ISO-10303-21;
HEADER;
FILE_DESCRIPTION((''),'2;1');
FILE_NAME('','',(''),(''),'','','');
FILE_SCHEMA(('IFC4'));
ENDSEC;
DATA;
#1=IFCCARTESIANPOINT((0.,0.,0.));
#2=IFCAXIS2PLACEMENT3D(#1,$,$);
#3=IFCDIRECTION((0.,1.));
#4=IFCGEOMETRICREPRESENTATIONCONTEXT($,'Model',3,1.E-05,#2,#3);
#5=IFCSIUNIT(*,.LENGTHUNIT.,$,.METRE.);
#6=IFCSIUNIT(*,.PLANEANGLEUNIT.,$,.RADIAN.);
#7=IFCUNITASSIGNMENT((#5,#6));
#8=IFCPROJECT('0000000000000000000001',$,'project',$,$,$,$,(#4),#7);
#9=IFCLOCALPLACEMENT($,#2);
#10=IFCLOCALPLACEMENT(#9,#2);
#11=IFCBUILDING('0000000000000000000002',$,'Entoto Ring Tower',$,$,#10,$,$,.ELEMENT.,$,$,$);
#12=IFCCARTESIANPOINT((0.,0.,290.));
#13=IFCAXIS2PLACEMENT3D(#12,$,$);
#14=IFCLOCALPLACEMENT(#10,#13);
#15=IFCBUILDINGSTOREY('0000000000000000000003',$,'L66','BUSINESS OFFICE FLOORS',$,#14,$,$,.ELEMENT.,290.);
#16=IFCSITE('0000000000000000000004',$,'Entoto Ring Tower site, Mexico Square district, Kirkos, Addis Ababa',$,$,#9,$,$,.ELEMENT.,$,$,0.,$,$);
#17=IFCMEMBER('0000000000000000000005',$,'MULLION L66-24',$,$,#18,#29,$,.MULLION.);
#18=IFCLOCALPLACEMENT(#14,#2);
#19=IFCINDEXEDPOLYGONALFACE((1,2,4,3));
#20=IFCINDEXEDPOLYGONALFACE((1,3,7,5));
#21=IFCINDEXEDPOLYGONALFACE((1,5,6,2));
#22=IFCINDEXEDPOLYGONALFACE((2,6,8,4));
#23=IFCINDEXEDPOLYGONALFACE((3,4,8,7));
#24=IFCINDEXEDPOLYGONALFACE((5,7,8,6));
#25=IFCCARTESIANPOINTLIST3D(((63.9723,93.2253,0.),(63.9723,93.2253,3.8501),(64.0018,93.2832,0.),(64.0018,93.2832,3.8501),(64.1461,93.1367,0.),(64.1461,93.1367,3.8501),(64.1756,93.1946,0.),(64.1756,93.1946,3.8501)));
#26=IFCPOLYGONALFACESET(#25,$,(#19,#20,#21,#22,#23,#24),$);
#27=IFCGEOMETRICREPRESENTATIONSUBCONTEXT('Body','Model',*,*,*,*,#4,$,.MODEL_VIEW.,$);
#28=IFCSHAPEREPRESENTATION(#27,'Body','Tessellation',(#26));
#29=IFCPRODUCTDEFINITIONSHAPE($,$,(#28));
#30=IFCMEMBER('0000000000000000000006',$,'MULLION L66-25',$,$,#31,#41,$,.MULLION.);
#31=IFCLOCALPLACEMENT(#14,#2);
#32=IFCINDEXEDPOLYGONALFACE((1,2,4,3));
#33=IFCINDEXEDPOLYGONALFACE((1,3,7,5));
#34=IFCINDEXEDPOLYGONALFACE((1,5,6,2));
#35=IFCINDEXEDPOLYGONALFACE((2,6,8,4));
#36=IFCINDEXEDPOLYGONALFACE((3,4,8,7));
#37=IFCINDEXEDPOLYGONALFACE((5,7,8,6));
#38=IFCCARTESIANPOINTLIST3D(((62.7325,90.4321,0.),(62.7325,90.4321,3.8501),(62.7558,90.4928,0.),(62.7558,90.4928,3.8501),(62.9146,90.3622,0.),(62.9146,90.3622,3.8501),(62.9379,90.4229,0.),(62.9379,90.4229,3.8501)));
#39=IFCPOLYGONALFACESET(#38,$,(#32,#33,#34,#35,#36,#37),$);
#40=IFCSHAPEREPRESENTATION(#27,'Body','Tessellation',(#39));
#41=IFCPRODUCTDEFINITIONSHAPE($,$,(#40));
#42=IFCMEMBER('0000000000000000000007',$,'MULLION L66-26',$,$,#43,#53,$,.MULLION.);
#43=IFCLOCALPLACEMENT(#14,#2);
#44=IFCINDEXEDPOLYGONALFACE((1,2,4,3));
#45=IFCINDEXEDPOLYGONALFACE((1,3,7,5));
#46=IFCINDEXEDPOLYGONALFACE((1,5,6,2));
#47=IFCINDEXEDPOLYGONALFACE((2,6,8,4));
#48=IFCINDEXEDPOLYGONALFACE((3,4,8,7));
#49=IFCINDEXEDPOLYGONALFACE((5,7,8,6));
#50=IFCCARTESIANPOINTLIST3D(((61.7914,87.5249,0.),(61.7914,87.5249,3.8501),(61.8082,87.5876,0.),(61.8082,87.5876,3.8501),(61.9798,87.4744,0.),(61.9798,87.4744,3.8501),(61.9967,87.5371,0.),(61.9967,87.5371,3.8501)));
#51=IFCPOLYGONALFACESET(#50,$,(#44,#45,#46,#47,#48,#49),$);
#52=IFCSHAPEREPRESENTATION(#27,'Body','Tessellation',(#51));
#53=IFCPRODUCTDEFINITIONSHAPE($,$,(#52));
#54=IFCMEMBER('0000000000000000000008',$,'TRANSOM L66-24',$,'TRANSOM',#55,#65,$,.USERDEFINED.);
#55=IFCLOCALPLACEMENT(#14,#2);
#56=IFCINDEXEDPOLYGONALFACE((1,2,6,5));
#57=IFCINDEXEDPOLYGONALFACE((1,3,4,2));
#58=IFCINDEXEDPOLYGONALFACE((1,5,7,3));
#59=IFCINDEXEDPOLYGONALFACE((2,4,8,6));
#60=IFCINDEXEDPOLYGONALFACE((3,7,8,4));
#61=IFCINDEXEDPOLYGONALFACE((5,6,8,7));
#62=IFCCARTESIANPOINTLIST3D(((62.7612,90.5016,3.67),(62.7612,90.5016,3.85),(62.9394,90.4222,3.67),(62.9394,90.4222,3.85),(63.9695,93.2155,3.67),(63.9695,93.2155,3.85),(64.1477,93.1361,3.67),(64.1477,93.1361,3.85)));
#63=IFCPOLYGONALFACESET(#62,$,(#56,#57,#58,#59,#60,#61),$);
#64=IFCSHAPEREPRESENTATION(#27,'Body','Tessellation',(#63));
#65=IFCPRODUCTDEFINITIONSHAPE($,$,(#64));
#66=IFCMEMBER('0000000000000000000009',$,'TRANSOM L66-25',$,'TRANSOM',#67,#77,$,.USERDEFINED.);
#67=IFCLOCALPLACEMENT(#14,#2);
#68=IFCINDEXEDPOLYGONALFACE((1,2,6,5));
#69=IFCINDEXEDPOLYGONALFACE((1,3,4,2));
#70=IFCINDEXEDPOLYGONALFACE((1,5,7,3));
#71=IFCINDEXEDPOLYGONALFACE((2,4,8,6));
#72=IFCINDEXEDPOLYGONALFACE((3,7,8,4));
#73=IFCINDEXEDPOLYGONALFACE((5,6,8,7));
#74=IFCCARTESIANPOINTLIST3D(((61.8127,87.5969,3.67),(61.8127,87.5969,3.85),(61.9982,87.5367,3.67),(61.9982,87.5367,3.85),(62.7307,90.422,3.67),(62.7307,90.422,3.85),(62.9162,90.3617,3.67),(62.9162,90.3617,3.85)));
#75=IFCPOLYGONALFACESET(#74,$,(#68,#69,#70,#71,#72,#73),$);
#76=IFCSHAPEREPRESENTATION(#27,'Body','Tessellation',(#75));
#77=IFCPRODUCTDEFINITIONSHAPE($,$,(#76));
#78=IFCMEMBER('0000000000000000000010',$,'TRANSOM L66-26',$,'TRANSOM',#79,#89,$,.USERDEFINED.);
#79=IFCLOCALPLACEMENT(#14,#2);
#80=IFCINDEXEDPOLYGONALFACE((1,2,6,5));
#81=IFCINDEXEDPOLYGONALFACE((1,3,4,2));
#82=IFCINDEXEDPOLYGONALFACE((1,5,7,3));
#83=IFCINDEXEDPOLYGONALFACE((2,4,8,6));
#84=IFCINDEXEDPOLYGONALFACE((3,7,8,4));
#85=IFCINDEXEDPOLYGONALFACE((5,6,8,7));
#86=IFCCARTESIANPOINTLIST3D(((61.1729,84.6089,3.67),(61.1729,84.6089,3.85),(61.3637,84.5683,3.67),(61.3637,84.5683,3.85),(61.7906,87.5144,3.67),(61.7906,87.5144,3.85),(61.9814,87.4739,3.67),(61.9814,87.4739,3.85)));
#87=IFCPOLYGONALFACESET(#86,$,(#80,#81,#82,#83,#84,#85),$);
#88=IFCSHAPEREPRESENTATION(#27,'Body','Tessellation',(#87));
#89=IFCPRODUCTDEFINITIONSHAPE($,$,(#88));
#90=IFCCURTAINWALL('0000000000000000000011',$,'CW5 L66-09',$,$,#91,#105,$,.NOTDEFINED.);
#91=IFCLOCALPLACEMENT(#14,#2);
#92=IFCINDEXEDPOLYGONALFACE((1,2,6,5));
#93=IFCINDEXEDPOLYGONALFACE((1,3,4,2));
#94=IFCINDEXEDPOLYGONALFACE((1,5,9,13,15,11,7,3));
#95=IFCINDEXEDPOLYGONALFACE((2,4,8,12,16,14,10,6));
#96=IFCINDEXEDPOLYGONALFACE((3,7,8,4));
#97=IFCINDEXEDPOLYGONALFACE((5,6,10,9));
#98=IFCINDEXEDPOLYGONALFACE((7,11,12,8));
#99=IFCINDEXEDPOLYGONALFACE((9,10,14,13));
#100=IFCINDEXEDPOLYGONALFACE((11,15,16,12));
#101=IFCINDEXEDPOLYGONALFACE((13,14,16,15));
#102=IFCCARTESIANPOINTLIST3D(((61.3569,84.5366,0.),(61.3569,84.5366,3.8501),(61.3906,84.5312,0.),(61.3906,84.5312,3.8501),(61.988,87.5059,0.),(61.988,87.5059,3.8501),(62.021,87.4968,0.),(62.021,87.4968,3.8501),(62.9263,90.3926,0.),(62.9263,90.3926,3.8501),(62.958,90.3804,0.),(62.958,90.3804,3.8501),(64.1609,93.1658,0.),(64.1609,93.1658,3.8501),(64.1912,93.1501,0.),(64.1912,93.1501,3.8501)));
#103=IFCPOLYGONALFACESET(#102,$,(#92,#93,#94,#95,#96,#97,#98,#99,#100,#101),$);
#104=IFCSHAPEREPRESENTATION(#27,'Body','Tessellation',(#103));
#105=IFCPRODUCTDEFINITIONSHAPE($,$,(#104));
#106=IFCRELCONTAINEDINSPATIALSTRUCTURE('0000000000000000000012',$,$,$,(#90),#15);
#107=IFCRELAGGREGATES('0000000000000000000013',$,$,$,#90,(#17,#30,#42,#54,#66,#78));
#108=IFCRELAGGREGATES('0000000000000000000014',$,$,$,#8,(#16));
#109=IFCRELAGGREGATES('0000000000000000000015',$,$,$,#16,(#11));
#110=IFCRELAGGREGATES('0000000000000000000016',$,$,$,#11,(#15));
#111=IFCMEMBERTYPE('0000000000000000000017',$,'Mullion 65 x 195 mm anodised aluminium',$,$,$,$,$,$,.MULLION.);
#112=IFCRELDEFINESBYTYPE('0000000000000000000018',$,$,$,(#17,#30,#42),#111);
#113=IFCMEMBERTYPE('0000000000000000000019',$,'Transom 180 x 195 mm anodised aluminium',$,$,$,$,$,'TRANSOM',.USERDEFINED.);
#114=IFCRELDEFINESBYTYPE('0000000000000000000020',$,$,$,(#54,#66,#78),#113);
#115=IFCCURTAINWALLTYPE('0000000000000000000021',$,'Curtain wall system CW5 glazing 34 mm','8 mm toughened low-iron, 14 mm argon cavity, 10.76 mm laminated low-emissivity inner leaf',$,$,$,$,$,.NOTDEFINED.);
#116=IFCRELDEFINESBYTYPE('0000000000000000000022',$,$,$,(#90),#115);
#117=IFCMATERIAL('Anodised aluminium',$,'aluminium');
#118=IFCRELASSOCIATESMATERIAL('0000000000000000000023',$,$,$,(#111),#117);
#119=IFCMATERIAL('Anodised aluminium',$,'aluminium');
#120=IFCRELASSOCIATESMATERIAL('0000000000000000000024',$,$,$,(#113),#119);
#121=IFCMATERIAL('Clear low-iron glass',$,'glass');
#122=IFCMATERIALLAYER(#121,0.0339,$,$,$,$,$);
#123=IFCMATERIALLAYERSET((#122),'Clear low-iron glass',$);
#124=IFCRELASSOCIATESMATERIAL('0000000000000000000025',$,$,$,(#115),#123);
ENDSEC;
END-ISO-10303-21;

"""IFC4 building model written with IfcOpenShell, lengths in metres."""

from ifc_helpers import new_model, si_unit, direction, frame, origin, origin_2d, place, context, subcontext, project, spatial, polyline, rectangle, outline, extrude, material, layer, layer_set, material_profile, profile_set, type_object, element, aggregate, save


model = new_model("IFC4")

# Units and contexts
model_context = context("Model", 3, precision=1e-05, world=origin(), true_north=direction((0.0, 1.0)))
body_context = subcontext(model_context, "Body", "Model", "MODEL_VIEW")
ifc_project = project(units=[si_unit("LENGTHUNIT", "METRE"), si_unit("PLANEANGLEUNIT", "RADIAN")], contexts=[model_context])

# Members
ifc_material_1 = material(Name="Anodised aluminium", Category="aluminium")
ifc_material_profile_1 = material_profile(ifc_material_1, rectangle(XDim=0.0649, YDim=0.1951, at=origin_2d()), Name="Mullion 65 x 195 mm anodised aluminium")
ifc_profile_set_1 = profile_set([ifc_material_profile_1], Name="Anodised aluminium")
member_type_1 = type_object("IfcMemberType", Name="Mullion 65 x 195 mm anodised aluminium", PredefinedType="MULLION", material=ifc_profile_set_1)
site_placement = place(None, origin())
building_placement = place(site_placement, origin())
storey_placement = place(building_placement, frame((0.0, 0.0, 290.0)))
member_1_placement = place(storey_placement, frame((64.074, 93.21, 0.0), z_axis=(0.0, 0.0, 1.0), x_axis=(-0.45399, -0.891007, 0.0)))
member_1 = element("IfcMember", 1, at=member_1_placement, type_object=member_type_1, Name="MULLION L66-24", PredefinedType="MULLION", context=body_context, shape_type="SweptSolid", body=[
    extrude(rectangle(XDim=0.0649, YDim=0.1951, at=origin_2d()), origin(), (0.0, 0.0, 1.0), 3.8501),
])
member_2_placement = place(storey_placement, frame((62.8352, 90.4275, 0.0), z_axis=(0.0, 0.0, 1.0), x_axis=(-0.358368, -0.93358, 0.0)))
member_2 = element("IfcMember", 2, at=member_2_placement, type_object=member_type_1, Name="MULLION L66-25", PredefinedType="MULLION", context=body_context, shape_type="SweptSolid", body=[
    extrude(rectangle(XDim=0.0649, YDim=0.1951, at=origin_2d()), origin(), (0.0, 0.0, 1.0), 3.8501),
])
member_3_placement = place(storey_placement, frame((61.894, 87.531, 0.0), z_axis=(0.0, 0.0, 1.0), x_axis=(-0.258819, -0.965926, 0.0)))
member_3 = element("IfcMember", 3, at=member_3_placement, type_object=member_type_1, Name="MULLION L66-26", PredefinedType="MULLION", context=body_context, shape_type="SweptSolid", body=[
    extrude(rectangle(XDim=0.0649, YDim=0.1951, at=origin_2d()), origin(), (0.0, 0.0, 1.0), 3.8501),
])
ifc_material_2 = material(Name="Anodised aluminium", Category="aluminium")
ifc_material_profile_2 = material_profile(ifc_material_2, rectangle(XDim=0.1951, YDim=0.1799, at=origin_2d()), Name="Transom 180 x 195 mm anodised aluminium")
ifc_profile_set_2 = profile_set([ifc_material_profile_2], Name="Anodised aluminium")
member_type_2 = type_object("IfcMemberType", Name="Transom 180 x 195 mm anodised aluminium", ElementType="TRANSOM", PredefinedType="USERDEFINED", material=ifc_profile_set_2)
member_4_placement = place(storey_placement, frame((64.0586, 93.1758, 3.76), z_axis=(-0.406726, -0.91355, 0.0), x_axis=(0.91355, -0.406726, 0.0)))
member_4 = element("IfcMember", 4, at=member_4_placement, type_object=member_type_2, Name="TRANSOM L66-24", ObjectType="TRANSOM", PredefinedType="USERDEFINED", context=body_context, shape_type="SweptSolid", body=[
    extrude(rectangle(XDim=0.1951, YDim=0.1799, at=origin_2d()), origin(), (0.0, 0.0, 1.0), 2.9707),
])
member_5_placement = place(storey_placement, frame((62.8235, 90.3918, 3.76), z_axis=(-0.309043, -0.951048, 0.0), x_axis=(0.951048, -0.309043, 0.0)))
member_5 = element("IfcMember", 5, at=member_5_placement, type_object=member_type_2, Name="TRANSOM L66-25", ObjectType="TRANSOM", PredefinedType="USERDEFINED", context=body_context, shape_type="SweptSolid", body=[
    extrude(rectangle(XDim=0.1951, YDim=0.1799, at=origin_2d()), origin(), (0.0, 0.0, 1.0), 2.9705),
])
member_6_placement = place(storey_placement, frame((61.886, 87.4941, 3.76), z_axis=(-0.20794, -0.978142, 0.0), x_axis=(0.978142, -0.20794, 0.0)))
member_6 = element("IfcMember", 6, at=member_6_placement, type_object=member_type_2, Name="TRANSOM L66-26", ObjectType="TRANSOM", PredefinedType="USERDEFINED", context=body_context, shape_type="SweptSolid", body=[
    extrude(rectangle(XDim=0.1951, YDim=0.1799, at=origin_2d()), origin(), (0.0, 0.0, 1.0), 2.9705),
])

# Site, building, storey
site = spatial("IfcSite", under=ifc_project, at=site_placement, Name="Entoto Ring Tower site, Mexico Square district, Kirkos, Addis Ababa", CompositionType="ELEMENT", RefElevation=0.0)
building = spatial("IfcBuilding", under=site, at=building_placement, Name="Entoto Ring Tower", CompositionType="ELEMENT")
storey = spatial("IfcBuildingStorey", under=building, at=storey_placement, Name="L66", Description="BUSINESS OFFICE FLOORS", CompositionType="ELEMENT", Elevation=290.0)

# Curtain wall
ifc_material_3 = material(Name="Clear low-iron glass", Category="glass")
ifc_layer = layer(ifc_material_3, 0.0339)
ifc_layer_set = layer_set([ifc_layer], Name="Clear low-iron glass")
curtain_wall_type = type_object("IfcCurtainWallType", Name="Curtain wall system CW5 glazing 34 mm", Description="8 mm toughened low-iron, 14 mm argon cavity, 10.76 mm laminated low-emissivity inner leaf", PredefinedType="NOTDEFINED", material=ifc_layer_set)
curtain_wall_1_placement = place(storey_placement, origin())
curtain_wall_1 = element("IfcCurtainWall", 7, at=curtain_wall_1_placement, inside=storey, type_object=curtain_wall_type, Name="CW5 L66-09", PredefinedType="NOTDEFINED", context=body_context, shape_type="SweptSolid", body=[
    extrude(outline(polyline([(64.1609, 93.1658), (62.9263, 90.3926), (61.988, 87.5059), (61.3569, 84.5366), (61.3906, 84.5312), (62.021, 87.4968), (62.958, 90.3804), (64.1912, 93.1501), (64.1609, 93.1658)])), origin(), (0.0, 0.0, 1.0), 3.8501),
])
aggregate(curtain_wall_1, [member_1, member_2, member_3, member_4, member_5, member_6])

save(model, "model.ifc")
